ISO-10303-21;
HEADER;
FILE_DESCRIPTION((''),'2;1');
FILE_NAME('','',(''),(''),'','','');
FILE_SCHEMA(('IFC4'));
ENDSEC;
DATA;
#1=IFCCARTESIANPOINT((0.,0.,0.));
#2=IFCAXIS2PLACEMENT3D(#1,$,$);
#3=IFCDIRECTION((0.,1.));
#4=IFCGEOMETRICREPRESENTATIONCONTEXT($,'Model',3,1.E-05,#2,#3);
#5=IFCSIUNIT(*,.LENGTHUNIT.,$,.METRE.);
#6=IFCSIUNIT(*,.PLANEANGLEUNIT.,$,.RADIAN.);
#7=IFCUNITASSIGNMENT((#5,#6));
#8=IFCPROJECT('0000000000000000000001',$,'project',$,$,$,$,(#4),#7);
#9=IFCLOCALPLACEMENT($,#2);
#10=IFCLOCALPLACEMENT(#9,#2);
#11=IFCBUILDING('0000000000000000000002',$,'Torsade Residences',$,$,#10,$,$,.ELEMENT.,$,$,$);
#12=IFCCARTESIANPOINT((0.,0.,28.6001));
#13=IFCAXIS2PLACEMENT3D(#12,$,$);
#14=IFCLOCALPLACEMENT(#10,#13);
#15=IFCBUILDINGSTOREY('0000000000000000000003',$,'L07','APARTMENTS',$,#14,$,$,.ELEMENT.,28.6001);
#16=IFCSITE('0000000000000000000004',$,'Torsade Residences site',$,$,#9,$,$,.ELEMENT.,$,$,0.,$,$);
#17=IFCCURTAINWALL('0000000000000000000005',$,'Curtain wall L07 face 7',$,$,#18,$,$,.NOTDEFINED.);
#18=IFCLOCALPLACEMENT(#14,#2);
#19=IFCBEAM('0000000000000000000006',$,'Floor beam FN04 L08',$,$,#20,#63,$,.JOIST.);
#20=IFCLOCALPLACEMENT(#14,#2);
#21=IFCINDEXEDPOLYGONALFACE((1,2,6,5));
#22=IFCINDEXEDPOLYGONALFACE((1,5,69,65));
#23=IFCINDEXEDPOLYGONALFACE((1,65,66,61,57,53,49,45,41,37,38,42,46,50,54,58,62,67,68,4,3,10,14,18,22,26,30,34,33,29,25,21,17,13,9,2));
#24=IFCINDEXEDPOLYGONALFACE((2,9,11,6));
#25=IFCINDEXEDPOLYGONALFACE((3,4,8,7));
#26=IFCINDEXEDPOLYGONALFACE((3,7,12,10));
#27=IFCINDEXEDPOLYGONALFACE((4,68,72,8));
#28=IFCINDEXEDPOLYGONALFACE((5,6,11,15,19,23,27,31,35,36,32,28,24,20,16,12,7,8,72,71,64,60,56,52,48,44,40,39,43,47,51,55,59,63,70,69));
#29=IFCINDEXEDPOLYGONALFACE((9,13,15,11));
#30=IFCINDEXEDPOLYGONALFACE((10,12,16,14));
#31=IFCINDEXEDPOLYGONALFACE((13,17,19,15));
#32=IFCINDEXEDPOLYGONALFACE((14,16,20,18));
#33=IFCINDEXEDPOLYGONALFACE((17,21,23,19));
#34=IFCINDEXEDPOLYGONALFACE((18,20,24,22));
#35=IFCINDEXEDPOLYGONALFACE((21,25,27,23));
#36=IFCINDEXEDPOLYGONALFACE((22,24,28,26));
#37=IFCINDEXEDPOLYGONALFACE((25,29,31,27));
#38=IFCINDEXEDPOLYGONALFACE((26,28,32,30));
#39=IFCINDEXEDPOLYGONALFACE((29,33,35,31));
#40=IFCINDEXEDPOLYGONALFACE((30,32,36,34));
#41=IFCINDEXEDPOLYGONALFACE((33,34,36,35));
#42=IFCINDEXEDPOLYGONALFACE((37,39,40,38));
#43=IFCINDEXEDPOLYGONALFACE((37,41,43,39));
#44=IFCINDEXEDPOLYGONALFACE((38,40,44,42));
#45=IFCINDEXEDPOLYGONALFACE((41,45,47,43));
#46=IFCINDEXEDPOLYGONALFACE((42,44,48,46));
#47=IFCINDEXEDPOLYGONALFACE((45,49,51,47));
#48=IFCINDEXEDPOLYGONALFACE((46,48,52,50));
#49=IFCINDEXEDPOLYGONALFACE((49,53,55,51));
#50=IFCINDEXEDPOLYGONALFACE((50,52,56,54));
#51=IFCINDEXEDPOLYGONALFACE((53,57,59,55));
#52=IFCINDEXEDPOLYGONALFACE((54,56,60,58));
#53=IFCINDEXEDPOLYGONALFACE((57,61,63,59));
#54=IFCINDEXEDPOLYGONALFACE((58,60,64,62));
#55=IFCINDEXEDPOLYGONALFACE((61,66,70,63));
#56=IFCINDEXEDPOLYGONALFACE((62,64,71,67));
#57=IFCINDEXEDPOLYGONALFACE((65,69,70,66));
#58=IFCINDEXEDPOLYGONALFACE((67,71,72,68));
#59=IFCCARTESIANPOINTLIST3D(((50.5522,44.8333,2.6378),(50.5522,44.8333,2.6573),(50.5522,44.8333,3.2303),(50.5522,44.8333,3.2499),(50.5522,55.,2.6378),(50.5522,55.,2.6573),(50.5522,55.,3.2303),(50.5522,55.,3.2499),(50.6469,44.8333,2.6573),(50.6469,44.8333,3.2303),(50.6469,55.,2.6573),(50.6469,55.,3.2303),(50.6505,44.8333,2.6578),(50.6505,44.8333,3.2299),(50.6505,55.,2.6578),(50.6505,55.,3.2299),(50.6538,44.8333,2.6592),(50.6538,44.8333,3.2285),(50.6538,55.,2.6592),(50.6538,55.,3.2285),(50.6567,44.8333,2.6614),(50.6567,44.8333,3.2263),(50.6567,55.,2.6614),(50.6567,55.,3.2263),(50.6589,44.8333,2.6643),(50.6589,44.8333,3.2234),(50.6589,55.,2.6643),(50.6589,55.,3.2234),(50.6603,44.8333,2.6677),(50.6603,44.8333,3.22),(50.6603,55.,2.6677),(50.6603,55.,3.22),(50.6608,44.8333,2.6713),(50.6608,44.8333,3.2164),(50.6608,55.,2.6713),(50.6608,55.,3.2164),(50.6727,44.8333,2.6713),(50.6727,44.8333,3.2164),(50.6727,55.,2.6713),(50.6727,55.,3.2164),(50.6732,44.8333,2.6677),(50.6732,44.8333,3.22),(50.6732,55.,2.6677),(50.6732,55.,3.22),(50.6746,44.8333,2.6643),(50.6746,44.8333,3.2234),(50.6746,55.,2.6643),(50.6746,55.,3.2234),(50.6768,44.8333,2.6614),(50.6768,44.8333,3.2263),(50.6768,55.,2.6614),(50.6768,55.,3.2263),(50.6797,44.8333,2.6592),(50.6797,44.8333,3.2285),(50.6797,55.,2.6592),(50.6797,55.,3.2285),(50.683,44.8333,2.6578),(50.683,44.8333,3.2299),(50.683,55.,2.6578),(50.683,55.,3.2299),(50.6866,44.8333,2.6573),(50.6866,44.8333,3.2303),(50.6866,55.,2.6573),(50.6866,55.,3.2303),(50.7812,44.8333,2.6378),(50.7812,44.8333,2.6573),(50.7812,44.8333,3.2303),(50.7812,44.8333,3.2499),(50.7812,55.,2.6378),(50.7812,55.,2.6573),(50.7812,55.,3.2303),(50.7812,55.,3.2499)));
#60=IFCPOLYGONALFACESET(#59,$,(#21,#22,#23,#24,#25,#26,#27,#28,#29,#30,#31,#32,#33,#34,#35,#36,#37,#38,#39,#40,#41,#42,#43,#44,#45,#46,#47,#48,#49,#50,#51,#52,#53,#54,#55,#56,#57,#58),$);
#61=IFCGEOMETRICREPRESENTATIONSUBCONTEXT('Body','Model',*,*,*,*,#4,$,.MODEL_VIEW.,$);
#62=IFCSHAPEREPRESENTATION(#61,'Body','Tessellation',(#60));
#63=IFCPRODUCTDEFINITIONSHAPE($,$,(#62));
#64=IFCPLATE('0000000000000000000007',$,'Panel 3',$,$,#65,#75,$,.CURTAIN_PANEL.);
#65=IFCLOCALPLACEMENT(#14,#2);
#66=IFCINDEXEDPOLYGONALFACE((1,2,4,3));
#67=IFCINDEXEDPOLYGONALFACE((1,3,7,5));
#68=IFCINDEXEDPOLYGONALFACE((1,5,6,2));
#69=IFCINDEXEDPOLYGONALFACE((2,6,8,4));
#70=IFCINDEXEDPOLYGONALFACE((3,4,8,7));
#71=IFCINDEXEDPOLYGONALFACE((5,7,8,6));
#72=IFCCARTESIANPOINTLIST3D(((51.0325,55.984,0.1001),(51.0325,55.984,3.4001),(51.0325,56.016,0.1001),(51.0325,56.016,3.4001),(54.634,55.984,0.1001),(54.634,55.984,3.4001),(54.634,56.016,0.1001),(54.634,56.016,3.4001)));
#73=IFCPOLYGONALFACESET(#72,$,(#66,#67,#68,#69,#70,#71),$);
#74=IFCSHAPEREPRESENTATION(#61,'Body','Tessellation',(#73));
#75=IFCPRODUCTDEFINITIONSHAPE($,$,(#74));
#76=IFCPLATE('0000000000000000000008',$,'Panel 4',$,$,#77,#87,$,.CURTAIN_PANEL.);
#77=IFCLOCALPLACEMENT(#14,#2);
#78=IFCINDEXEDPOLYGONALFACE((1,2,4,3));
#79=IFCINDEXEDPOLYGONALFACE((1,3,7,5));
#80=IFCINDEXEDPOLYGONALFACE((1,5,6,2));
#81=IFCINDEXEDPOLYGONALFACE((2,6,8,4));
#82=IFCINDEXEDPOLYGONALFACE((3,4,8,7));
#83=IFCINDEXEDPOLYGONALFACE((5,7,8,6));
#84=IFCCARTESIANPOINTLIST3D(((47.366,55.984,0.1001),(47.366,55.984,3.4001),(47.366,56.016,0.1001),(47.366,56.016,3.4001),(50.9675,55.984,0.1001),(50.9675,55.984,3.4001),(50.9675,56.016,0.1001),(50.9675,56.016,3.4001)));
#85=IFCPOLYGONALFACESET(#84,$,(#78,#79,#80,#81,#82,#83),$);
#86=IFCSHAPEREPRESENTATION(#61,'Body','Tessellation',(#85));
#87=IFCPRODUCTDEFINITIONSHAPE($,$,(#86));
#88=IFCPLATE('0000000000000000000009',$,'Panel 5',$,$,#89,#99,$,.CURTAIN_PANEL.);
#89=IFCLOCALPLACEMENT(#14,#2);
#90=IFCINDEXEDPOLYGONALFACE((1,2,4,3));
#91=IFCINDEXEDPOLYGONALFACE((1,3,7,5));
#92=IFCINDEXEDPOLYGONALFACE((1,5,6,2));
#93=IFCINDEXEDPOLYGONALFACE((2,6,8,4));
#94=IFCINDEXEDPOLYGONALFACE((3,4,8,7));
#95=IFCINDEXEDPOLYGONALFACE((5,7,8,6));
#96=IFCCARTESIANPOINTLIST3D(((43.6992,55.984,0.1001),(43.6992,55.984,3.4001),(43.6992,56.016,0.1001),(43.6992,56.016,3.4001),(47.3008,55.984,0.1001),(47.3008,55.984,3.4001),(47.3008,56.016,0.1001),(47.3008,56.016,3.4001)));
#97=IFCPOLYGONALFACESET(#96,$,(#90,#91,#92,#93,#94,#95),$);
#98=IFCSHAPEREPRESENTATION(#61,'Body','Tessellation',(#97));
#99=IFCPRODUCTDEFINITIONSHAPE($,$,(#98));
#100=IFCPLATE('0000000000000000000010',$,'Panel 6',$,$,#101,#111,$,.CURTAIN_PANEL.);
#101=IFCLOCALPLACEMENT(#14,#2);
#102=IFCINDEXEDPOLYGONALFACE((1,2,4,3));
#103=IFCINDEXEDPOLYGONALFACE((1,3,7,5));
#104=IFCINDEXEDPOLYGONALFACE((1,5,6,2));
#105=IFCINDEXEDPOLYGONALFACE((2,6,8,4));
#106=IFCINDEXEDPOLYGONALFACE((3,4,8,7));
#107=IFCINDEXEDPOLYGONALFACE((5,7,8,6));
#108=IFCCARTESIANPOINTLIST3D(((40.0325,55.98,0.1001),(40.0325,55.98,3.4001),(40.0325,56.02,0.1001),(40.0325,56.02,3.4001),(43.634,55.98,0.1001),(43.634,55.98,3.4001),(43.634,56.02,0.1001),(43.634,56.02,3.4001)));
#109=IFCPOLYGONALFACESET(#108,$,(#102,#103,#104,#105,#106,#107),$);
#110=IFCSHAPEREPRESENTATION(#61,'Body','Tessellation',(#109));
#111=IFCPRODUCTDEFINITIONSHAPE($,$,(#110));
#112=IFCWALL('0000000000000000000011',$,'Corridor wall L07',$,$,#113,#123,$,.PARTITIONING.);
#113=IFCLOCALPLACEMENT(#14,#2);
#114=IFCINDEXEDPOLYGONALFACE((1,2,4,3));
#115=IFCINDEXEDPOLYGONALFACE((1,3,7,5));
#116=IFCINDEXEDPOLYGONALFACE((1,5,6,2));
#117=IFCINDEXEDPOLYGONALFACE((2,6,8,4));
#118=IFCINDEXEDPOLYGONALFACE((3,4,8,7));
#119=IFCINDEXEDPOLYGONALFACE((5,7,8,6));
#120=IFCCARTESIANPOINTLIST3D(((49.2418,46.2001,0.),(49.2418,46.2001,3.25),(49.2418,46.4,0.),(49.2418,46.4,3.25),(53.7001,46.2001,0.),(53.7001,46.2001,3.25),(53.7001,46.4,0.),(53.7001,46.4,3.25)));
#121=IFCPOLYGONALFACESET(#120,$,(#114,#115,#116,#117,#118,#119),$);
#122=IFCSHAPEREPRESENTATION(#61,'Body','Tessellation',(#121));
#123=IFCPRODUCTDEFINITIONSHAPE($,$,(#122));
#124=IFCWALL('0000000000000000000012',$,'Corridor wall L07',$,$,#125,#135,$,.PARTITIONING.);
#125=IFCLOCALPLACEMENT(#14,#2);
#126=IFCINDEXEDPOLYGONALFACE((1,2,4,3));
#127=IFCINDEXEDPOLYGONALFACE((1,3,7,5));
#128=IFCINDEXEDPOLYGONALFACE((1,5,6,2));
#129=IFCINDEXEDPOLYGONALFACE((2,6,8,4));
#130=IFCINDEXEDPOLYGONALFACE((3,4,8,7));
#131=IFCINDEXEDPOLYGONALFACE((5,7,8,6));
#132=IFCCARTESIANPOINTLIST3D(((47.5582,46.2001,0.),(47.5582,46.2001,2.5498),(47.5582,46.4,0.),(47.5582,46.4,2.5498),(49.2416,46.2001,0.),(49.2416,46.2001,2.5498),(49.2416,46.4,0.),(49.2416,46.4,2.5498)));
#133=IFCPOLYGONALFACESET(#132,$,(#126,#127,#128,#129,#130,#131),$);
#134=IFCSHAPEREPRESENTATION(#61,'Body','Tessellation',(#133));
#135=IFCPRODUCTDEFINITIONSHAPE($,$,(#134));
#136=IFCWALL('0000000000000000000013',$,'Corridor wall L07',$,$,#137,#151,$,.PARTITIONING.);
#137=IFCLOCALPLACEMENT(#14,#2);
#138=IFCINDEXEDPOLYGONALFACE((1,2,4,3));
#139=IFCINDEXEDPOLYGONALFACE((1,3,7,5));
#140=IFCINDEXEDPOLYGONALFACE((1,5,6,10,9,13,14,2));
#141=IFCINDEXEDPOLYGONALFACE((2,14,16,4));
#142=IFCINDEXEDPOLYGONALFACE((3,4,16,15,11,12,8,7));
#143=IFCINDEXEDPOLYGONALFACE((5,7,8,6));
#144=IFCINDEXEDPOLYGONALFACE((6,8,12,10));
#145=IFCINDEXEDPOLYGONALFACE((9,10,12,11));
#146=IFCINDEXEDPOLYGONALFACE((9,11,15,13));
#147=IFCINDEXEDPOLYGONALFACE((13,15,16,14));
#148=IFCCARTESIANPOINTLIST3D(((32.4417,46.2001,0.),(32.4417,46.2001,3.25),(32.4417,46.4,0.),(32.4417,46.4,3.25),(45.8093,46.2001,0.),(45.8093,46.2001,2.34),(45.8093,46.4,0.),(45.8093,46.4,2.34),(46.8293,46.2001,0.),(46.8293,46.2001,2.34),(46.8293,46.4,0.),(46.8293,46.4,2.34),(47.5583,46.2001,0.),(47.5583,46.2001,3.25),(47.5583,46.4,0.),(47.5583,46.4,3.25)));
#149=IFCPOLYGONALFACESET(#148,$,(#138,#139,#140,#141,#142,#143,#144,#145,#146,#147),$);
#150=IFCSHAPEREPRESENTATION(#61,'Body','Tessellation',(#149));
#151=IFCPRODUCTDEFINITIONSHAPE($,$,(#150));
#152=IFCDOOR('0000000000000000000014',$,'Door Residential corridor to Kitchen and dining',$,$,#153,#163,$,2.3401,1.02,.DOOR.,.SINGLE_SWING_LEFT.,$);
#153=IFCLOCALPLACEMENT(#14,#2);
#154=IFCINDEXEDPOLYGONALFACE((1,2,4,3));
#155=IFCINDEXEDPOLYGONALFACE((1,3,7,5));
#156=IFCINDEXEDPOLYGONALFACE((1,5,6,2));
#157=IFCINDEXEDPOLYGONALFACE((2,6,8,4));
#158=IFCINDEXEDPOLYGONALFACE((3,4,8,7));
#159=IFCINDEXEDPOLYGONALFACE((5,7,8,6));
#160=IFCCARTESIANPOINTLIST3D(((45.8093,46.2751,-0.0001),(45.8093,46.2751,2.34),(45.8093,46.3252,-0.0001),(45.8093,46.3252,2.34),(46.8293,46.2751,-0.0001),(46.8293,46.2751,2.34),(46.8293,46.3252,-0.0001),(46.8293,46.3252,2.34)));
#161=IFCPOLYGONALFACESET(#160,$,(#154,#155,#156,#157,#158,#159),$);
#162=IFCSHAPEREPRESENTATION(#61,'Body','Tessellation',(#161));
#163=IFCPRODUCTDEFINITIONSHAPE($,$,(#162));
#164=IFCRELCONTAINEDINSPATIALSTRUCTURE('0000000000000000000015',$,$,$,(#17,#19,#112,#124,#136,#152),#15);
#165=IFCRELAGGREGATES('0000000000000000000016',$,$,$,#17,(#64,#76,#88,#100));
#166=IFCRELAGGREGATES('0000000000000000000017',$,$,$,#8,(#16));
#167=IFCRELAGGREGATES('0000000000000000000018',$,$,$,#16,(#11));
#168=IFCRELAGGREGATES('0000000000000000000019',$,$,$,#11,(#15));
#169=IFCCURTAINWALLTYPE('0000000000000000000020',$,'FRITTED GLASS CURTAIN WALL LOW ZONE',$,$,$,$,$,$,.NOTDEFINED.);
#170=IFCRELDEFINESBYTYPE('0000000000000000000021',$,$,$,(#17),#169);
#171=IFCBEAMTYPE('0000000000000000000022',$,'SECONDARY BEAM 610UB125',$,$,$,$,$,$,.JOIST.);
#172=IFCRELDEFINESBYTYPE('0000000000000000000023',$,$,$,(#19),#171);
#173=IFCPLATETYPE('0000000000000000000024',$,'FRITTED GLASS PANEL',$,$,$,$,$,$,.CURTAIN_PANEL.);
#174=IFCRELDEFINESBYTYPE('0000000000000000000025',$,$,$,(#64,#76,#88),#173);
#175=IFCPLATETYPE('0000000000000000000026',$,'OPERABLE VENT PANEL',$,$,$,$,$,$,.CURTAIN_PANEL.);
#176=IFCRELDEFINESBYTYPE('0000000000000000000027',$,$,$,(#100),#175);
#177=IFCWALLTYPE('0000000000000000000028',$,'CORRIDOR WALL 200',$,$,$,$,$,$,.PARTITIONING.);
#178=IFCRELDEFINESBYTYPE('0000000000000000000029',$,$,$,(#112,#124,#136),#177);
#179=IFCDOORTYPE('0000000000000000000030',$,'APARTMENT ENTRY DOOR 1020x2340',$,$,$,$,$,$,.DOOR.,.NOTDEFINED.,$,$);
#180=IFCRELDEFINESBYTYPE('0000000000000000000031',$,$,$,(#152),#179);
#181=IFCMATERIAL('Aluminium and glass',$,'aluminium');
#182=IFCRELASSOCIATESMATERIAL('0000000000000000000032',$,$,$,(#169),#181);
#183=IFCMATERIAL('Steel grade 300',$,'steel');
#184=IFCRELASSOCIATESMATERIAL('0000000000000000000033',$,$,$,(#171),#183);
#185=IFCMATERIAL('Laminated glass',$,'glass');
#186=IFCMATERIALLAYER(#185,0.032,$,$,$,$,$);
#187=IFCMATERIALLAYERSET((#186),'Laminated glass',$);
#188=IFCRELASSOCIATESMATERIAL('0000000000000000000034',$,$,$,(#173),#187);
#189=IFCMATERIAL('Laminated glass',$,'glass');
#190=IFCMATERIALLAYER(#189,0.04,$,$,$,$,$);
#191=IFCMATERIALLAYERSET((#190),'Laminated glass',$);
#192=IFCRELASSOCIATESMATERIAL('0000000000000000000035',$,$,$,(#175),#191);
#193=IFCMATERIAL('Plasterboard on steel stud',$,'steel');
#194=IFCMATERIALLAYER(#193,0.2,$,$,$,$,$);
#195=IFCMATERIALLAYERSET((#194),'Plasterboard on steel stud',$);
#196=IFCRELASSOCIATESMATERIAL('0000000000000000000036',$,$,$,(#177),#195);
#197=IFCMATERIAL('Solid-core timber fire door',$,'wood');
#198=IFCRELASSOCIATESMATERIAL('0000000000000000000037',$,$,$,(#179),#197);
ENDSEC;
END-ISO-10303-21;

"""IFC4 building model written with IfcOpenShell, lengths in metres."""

from ifc_helpers import new_model, si_unit, direction, frame, frame_2d, origin, origin_2d, place, context, subcontext, project, spatial, rectangle, i_section, extrude, material, layer, layer_set, material_profile, profile_set, type_object, element, fill, aggregate, save


model = new_model("IFC4")

# Units and contexts
model_context = context("Model", 3, precision=1e-05, world=origin(), true_north=direction((0.0, 1.0)))
body_context = subcontext(model_context, "Body", "Model", "MODEL_VIEW")
ifc_project = project(units=[si_unit("LENGTHUNIT", "METRE"), si_unit("PLANEANGLEUNIT", "RADIAN")], contexts=[model_context])

# Site, building, storey
site_placement = place(None, origin())
site = spatial("IfcSite", under=ifc_project, at=site_placement, Name="Torsade Residences site", CompositionType="ELEMENT", RefElevation=0.0)
building_placement = place(site_placement, origin())
building = spatial("IfcBuilding", under=site, at=building_placement, Name="Torsade Residences", CompositionType="ELEMENT")
storey_placement = place(building_placement, frame((0.0, 0.0, 28.6001)))
storey = spatial("IfcBuildingStorey", under=building, at=storey_placement, Name="L07", Description="APARTMENTS", CompositionType="ELEMENT", Elevation=28.6001)

# Curtain wall
ifc_material_1 = material(Name="Aluminium and glass", Category="aluminium")
curtain_wall_type = type_object("IfcCurtainWallType", Name="FRITTED GLASS CURTAIN WALL LOW ZONE", PredefinedType="NOTDEFINED", material=ifc_material_1)
curtain_wall_placement = place(storey_placement, origin())
curtain_wall = element("IfcCurtainWall", 1, at=curtain_wall_placement, inside=storey, type_object=curtain_wall_type, Name="Curtain wall L07 face 7", PredefinedType="NOTDEFINED")

# Beam
ifc_material_2 = material(Name="Steel grade 300", Category="steel")
ifc_material_profile_1 = material_profile(ifc_material_2, i_section(OverallWidth=0.229, OverallDepth=0.6121, WebThickness=0.012, FlangeThickness=0.0195, FilletRadius=0.0139, at=origin_2d()), Name="610UB125")
ifc_profile_set_1 = profile_set([ifc_material_profile_1], Name="Steel grade 300")
beam_type_1 = type_object("IfcBeamType", Name="SECONDARY BEAM 610UB125", PredefinedType="JOIST", material=ifc_profile_set_1)
beam_1_placement = place(storey_placement, frame((50.6667, 55.0, 2.9438), z_axis=(0.0, -1.0, 0.0), x_axis=(1.0, 0.0, 0.0)))
element("IfcBeam", 2, at=beam_1_placement, inside=storey, type_object=beam_type_1, Name="Floor beam FN04 L08", PredefinedType="JOIST", context=body_context, shape_type="SweptSolid", body=[
    extrude(i_section(OverallWidth=0.229, OverallDepth=0.6121, WebThickness=0.012, FlangeThickness=0.0195, FilletRadius=0.0139, at=origin_2d()), origin(), (0.0, 0.0, 1.0), 10.1667),
])

# Plates
ifc_material_3 = material(Name="Laminated glass", Category="glass")
ifc_layer_1 = layer(ifc_material_3, 0.032)
ifc_layer_set_1 = layer_set([ifc_layer_1], Name="Laminated glass")
plate_type_1 = type_object("IfcPlateType", Name="FRITTED GLASS PANEL", PredefinedType="CURTAIN_PANEL", material=ifc_layer_set_1)
plate_1_placement = place(storey_placement, frame((52.8333, 56.0, 0.1001), z_axis=(0.0, 0.0, 1.0), x_axis=(-1.0, 0.0, 0.0)))
plate_1 = element("IfcPlate", 3, at=plate_1_placement, type_object=plate_type_1, Name="Panel 3", PredefinedType="CURTAIN_PANEL", context=body_context, shape_type="SweptSolid", body=[
    extrude(rectangle(XDim=3.6016, YDim=0.032, at=origin_2d()), origin(), (0.0, 0.0, 1.0), 3.3),
])
plate_2_placement = place(storey_placement, frame((49.1667, 56.0, 0.1001), z_axis=(0.0, 0.0, 1.0), x_axis=(-1.0, 0.0, 0.0)))
plate_2 = element("IfcPlate", 4, at=plate_2_placement, type_object=plate_type_1, Name="Panel 4", PredefinedType="CURTAIN_PANEL", context=body_context, shape_type="SweptSolid", body=[
    extrude(rectangle(XDim=3.6016, YDim=0.032, at=origin_2d()), origin(), (0.0, 0.0, 1.0), 3.3),
])
plate_3_placement = place(storey_placement, frame((45.5, 56.0, 0.1001), z_axis=(0.0, 0.0, 1.0), x_axis=(-1.0, 0.0, 0.0)))
plate_3 = element("IfcPlate", 5, at=plate_3_placement, type_object=plate_type_1, Name="Panel 5", PredefinedType="CURTAIN_PANEL", context=body_context, shape_type="SweptSolid", body=[
    extrude(rectangle(XDim=3.6016, YDim=0.032, at=origin_2d()), origin(), (0.0, 0.0, 1.0), 3.3),
])
ifc_material_4 = material(Name="Laminated glass", Category="glass")
ifc_layer_2 = layer(ifc_material_4, 0.04)
ifc_layer_set_2 = layer_set([ifc_layer_2], Name="Laminated glass")
plate_type_2 = type_object("IfcPlateType", Name="OPERABLE VENT PANEL", PredefinedType="CURTAIN_PANEL", material=ifc_layer_set_2)
plate_4_placement = place(storey_placement, frame((41.8333, 56.0, 0.1001), z_axis=(0.0, 0.0, 1.0), x_axis=(-1.0, 0.0, 0.0)))
plate_4 = element("IfcPlate", 6, at=plate_4_placement, type_object=plate_type_2, Name="Panel 6", PredefinedType="CURTAIN_PANEL", context=body_context, shape_type="SweptSolid", body=[
    extrude(rectangle(XDim=3.6016, YDim=0.04, at=origin_2d()), origin(), (0.0, 0.0, 1.0), 3.3),
])
aggregate(curtain_wall, [plate_1, plate_2, plate_3, plate_4])

# Walls
ifc_material_5 = material(Name="Plasterboard on steel stud", Category="steel")
ifc_layer_3 = layer(ifc_material_5, 0.2)
ifc_layer_set_3 = layer_set([ifc_layer_3], Name="Plasterboard on steel stud")
wall_type_1 = type_object("IfcWallType", Name="CORRIDOR WALL 200", PredefinedType="PARTITIONING", material=ifc_layer_set_3)
wall_1_placement = place(storey_placement, frame((53.7, 46.3, 0.0), z_axis=(0.0, 0.0, 1.0), x_axis=(-1.0, 0.0, 0.0)))
element("IfcWall", 7, at=wall_1_placement, inside=storey, type_object=wall_type_1, Name="Corridor wall L07", PredefinedType="PARTITIONING", context=body_context, shape_type="SweptSolid", body=[
    extrude(rectangle(XDim=4.4583, YDim=0.2, at=frame_2d((2.229, 0.0))), origin(), (0.0, 0.0, 1.0), 3.25),
])
wall_2_placement = place(storey_placement, frame((49.2417, 46.3, 0.0), z_axis=(0.0, 0.0, 1.0), x_axis=(-1.0, 0.0, 0.0)))
element("IfcWall", 8, at=wall_2_placement, inside=storey, type_object=wall_type_1, Name="Corridor wall L07", PredefinedType="PARTITIONING", context=body_context, shape_type="SweptSolid", body=[
    extrude(rectangle(XDim=1.6833, YDim=0.2, at=frame_2d((0.8418, 0.0))), origin(), (0.0, 0.0, 1.0), 2.5498),
])

# Wall, opening, door
wall_3_placement = place(storey_placement, frame((47.5583, 46.3, 0.0), z_axis=(0.0, 0.0, 1.0), x_axis=(-1.0, 0.0, 0.0)))
wall_3 = element("IfcWall", 9, at=wall_3_placement, inside=storey, type_object=wall_type_1, Name="Corridor wall L07", PredefinedType="PARTITIONING", context=body_context, shape_type="SweptSolid", body=[
    extrude(rectangle(XDim=15.1167, YDim=0.2, at=frame_2d((7.5583, 0.0))), origin(), (0.0, 0.0, 1.0), 3.25),
])
opening_1_placement = place(wall_3_placement, frame((0.729, 0.0, 0.0)))
opening_1 = element("IfcOpeningElement", 10, at=opening_1_placement, cuts=wall_3, PredefinedType="OPENING", context=body_context, shape_type="SweptSolid", body=[
    extrude(rectangle(XDim=1.02, YDim=2.3401, at=frame_2d((0.51, 1.1699))), frame((0.0, 0.1099, 0.0), z_axis=(0.0, -1.0, 0.0), x_axis=(1.0, 0.0, 0.0)), (0.0, 0.0, 1.0), 0.22),
])
ifc_material_6 = material(Name="Solid-core timber fire door", Category="wood")
door_type_1 = type_object("IfcDoorType", Name="APARTMENT ENTRY DOOR 1020x2340", OperationType="NOTDEFINED", PredefinedType="DOOR", material=ifc_material_6)
door_1_placement = place(opening_1_placement, origin())
door_1 = element("IfcDoor", 11, at=door_1_placement, inside=storey, type_object=door_type_1, Name="Door Residential corridor to Kitchen and dining", OperationType="SINGLE_SWING_LEFT", OverallHeight=2.3401, OverallWidth=1.02, PredefinedType="DOOR", context=body_context, shape_type="SweptSolid", body=[
    extrude(rectangle(XDim=1.02, YDim=2.3401, at=frame_2d((0.51, 1.1699))), frame((0.0, 0.0249, 0.0), z_axis=(0.0, -1.0, 0.0), x_axis=(1.0, 0.0, 0.0)), (0.0, 0.0, 1.0), 0.05),
])
fill(opening_1, door_1)

save(model, "model.ifc")
